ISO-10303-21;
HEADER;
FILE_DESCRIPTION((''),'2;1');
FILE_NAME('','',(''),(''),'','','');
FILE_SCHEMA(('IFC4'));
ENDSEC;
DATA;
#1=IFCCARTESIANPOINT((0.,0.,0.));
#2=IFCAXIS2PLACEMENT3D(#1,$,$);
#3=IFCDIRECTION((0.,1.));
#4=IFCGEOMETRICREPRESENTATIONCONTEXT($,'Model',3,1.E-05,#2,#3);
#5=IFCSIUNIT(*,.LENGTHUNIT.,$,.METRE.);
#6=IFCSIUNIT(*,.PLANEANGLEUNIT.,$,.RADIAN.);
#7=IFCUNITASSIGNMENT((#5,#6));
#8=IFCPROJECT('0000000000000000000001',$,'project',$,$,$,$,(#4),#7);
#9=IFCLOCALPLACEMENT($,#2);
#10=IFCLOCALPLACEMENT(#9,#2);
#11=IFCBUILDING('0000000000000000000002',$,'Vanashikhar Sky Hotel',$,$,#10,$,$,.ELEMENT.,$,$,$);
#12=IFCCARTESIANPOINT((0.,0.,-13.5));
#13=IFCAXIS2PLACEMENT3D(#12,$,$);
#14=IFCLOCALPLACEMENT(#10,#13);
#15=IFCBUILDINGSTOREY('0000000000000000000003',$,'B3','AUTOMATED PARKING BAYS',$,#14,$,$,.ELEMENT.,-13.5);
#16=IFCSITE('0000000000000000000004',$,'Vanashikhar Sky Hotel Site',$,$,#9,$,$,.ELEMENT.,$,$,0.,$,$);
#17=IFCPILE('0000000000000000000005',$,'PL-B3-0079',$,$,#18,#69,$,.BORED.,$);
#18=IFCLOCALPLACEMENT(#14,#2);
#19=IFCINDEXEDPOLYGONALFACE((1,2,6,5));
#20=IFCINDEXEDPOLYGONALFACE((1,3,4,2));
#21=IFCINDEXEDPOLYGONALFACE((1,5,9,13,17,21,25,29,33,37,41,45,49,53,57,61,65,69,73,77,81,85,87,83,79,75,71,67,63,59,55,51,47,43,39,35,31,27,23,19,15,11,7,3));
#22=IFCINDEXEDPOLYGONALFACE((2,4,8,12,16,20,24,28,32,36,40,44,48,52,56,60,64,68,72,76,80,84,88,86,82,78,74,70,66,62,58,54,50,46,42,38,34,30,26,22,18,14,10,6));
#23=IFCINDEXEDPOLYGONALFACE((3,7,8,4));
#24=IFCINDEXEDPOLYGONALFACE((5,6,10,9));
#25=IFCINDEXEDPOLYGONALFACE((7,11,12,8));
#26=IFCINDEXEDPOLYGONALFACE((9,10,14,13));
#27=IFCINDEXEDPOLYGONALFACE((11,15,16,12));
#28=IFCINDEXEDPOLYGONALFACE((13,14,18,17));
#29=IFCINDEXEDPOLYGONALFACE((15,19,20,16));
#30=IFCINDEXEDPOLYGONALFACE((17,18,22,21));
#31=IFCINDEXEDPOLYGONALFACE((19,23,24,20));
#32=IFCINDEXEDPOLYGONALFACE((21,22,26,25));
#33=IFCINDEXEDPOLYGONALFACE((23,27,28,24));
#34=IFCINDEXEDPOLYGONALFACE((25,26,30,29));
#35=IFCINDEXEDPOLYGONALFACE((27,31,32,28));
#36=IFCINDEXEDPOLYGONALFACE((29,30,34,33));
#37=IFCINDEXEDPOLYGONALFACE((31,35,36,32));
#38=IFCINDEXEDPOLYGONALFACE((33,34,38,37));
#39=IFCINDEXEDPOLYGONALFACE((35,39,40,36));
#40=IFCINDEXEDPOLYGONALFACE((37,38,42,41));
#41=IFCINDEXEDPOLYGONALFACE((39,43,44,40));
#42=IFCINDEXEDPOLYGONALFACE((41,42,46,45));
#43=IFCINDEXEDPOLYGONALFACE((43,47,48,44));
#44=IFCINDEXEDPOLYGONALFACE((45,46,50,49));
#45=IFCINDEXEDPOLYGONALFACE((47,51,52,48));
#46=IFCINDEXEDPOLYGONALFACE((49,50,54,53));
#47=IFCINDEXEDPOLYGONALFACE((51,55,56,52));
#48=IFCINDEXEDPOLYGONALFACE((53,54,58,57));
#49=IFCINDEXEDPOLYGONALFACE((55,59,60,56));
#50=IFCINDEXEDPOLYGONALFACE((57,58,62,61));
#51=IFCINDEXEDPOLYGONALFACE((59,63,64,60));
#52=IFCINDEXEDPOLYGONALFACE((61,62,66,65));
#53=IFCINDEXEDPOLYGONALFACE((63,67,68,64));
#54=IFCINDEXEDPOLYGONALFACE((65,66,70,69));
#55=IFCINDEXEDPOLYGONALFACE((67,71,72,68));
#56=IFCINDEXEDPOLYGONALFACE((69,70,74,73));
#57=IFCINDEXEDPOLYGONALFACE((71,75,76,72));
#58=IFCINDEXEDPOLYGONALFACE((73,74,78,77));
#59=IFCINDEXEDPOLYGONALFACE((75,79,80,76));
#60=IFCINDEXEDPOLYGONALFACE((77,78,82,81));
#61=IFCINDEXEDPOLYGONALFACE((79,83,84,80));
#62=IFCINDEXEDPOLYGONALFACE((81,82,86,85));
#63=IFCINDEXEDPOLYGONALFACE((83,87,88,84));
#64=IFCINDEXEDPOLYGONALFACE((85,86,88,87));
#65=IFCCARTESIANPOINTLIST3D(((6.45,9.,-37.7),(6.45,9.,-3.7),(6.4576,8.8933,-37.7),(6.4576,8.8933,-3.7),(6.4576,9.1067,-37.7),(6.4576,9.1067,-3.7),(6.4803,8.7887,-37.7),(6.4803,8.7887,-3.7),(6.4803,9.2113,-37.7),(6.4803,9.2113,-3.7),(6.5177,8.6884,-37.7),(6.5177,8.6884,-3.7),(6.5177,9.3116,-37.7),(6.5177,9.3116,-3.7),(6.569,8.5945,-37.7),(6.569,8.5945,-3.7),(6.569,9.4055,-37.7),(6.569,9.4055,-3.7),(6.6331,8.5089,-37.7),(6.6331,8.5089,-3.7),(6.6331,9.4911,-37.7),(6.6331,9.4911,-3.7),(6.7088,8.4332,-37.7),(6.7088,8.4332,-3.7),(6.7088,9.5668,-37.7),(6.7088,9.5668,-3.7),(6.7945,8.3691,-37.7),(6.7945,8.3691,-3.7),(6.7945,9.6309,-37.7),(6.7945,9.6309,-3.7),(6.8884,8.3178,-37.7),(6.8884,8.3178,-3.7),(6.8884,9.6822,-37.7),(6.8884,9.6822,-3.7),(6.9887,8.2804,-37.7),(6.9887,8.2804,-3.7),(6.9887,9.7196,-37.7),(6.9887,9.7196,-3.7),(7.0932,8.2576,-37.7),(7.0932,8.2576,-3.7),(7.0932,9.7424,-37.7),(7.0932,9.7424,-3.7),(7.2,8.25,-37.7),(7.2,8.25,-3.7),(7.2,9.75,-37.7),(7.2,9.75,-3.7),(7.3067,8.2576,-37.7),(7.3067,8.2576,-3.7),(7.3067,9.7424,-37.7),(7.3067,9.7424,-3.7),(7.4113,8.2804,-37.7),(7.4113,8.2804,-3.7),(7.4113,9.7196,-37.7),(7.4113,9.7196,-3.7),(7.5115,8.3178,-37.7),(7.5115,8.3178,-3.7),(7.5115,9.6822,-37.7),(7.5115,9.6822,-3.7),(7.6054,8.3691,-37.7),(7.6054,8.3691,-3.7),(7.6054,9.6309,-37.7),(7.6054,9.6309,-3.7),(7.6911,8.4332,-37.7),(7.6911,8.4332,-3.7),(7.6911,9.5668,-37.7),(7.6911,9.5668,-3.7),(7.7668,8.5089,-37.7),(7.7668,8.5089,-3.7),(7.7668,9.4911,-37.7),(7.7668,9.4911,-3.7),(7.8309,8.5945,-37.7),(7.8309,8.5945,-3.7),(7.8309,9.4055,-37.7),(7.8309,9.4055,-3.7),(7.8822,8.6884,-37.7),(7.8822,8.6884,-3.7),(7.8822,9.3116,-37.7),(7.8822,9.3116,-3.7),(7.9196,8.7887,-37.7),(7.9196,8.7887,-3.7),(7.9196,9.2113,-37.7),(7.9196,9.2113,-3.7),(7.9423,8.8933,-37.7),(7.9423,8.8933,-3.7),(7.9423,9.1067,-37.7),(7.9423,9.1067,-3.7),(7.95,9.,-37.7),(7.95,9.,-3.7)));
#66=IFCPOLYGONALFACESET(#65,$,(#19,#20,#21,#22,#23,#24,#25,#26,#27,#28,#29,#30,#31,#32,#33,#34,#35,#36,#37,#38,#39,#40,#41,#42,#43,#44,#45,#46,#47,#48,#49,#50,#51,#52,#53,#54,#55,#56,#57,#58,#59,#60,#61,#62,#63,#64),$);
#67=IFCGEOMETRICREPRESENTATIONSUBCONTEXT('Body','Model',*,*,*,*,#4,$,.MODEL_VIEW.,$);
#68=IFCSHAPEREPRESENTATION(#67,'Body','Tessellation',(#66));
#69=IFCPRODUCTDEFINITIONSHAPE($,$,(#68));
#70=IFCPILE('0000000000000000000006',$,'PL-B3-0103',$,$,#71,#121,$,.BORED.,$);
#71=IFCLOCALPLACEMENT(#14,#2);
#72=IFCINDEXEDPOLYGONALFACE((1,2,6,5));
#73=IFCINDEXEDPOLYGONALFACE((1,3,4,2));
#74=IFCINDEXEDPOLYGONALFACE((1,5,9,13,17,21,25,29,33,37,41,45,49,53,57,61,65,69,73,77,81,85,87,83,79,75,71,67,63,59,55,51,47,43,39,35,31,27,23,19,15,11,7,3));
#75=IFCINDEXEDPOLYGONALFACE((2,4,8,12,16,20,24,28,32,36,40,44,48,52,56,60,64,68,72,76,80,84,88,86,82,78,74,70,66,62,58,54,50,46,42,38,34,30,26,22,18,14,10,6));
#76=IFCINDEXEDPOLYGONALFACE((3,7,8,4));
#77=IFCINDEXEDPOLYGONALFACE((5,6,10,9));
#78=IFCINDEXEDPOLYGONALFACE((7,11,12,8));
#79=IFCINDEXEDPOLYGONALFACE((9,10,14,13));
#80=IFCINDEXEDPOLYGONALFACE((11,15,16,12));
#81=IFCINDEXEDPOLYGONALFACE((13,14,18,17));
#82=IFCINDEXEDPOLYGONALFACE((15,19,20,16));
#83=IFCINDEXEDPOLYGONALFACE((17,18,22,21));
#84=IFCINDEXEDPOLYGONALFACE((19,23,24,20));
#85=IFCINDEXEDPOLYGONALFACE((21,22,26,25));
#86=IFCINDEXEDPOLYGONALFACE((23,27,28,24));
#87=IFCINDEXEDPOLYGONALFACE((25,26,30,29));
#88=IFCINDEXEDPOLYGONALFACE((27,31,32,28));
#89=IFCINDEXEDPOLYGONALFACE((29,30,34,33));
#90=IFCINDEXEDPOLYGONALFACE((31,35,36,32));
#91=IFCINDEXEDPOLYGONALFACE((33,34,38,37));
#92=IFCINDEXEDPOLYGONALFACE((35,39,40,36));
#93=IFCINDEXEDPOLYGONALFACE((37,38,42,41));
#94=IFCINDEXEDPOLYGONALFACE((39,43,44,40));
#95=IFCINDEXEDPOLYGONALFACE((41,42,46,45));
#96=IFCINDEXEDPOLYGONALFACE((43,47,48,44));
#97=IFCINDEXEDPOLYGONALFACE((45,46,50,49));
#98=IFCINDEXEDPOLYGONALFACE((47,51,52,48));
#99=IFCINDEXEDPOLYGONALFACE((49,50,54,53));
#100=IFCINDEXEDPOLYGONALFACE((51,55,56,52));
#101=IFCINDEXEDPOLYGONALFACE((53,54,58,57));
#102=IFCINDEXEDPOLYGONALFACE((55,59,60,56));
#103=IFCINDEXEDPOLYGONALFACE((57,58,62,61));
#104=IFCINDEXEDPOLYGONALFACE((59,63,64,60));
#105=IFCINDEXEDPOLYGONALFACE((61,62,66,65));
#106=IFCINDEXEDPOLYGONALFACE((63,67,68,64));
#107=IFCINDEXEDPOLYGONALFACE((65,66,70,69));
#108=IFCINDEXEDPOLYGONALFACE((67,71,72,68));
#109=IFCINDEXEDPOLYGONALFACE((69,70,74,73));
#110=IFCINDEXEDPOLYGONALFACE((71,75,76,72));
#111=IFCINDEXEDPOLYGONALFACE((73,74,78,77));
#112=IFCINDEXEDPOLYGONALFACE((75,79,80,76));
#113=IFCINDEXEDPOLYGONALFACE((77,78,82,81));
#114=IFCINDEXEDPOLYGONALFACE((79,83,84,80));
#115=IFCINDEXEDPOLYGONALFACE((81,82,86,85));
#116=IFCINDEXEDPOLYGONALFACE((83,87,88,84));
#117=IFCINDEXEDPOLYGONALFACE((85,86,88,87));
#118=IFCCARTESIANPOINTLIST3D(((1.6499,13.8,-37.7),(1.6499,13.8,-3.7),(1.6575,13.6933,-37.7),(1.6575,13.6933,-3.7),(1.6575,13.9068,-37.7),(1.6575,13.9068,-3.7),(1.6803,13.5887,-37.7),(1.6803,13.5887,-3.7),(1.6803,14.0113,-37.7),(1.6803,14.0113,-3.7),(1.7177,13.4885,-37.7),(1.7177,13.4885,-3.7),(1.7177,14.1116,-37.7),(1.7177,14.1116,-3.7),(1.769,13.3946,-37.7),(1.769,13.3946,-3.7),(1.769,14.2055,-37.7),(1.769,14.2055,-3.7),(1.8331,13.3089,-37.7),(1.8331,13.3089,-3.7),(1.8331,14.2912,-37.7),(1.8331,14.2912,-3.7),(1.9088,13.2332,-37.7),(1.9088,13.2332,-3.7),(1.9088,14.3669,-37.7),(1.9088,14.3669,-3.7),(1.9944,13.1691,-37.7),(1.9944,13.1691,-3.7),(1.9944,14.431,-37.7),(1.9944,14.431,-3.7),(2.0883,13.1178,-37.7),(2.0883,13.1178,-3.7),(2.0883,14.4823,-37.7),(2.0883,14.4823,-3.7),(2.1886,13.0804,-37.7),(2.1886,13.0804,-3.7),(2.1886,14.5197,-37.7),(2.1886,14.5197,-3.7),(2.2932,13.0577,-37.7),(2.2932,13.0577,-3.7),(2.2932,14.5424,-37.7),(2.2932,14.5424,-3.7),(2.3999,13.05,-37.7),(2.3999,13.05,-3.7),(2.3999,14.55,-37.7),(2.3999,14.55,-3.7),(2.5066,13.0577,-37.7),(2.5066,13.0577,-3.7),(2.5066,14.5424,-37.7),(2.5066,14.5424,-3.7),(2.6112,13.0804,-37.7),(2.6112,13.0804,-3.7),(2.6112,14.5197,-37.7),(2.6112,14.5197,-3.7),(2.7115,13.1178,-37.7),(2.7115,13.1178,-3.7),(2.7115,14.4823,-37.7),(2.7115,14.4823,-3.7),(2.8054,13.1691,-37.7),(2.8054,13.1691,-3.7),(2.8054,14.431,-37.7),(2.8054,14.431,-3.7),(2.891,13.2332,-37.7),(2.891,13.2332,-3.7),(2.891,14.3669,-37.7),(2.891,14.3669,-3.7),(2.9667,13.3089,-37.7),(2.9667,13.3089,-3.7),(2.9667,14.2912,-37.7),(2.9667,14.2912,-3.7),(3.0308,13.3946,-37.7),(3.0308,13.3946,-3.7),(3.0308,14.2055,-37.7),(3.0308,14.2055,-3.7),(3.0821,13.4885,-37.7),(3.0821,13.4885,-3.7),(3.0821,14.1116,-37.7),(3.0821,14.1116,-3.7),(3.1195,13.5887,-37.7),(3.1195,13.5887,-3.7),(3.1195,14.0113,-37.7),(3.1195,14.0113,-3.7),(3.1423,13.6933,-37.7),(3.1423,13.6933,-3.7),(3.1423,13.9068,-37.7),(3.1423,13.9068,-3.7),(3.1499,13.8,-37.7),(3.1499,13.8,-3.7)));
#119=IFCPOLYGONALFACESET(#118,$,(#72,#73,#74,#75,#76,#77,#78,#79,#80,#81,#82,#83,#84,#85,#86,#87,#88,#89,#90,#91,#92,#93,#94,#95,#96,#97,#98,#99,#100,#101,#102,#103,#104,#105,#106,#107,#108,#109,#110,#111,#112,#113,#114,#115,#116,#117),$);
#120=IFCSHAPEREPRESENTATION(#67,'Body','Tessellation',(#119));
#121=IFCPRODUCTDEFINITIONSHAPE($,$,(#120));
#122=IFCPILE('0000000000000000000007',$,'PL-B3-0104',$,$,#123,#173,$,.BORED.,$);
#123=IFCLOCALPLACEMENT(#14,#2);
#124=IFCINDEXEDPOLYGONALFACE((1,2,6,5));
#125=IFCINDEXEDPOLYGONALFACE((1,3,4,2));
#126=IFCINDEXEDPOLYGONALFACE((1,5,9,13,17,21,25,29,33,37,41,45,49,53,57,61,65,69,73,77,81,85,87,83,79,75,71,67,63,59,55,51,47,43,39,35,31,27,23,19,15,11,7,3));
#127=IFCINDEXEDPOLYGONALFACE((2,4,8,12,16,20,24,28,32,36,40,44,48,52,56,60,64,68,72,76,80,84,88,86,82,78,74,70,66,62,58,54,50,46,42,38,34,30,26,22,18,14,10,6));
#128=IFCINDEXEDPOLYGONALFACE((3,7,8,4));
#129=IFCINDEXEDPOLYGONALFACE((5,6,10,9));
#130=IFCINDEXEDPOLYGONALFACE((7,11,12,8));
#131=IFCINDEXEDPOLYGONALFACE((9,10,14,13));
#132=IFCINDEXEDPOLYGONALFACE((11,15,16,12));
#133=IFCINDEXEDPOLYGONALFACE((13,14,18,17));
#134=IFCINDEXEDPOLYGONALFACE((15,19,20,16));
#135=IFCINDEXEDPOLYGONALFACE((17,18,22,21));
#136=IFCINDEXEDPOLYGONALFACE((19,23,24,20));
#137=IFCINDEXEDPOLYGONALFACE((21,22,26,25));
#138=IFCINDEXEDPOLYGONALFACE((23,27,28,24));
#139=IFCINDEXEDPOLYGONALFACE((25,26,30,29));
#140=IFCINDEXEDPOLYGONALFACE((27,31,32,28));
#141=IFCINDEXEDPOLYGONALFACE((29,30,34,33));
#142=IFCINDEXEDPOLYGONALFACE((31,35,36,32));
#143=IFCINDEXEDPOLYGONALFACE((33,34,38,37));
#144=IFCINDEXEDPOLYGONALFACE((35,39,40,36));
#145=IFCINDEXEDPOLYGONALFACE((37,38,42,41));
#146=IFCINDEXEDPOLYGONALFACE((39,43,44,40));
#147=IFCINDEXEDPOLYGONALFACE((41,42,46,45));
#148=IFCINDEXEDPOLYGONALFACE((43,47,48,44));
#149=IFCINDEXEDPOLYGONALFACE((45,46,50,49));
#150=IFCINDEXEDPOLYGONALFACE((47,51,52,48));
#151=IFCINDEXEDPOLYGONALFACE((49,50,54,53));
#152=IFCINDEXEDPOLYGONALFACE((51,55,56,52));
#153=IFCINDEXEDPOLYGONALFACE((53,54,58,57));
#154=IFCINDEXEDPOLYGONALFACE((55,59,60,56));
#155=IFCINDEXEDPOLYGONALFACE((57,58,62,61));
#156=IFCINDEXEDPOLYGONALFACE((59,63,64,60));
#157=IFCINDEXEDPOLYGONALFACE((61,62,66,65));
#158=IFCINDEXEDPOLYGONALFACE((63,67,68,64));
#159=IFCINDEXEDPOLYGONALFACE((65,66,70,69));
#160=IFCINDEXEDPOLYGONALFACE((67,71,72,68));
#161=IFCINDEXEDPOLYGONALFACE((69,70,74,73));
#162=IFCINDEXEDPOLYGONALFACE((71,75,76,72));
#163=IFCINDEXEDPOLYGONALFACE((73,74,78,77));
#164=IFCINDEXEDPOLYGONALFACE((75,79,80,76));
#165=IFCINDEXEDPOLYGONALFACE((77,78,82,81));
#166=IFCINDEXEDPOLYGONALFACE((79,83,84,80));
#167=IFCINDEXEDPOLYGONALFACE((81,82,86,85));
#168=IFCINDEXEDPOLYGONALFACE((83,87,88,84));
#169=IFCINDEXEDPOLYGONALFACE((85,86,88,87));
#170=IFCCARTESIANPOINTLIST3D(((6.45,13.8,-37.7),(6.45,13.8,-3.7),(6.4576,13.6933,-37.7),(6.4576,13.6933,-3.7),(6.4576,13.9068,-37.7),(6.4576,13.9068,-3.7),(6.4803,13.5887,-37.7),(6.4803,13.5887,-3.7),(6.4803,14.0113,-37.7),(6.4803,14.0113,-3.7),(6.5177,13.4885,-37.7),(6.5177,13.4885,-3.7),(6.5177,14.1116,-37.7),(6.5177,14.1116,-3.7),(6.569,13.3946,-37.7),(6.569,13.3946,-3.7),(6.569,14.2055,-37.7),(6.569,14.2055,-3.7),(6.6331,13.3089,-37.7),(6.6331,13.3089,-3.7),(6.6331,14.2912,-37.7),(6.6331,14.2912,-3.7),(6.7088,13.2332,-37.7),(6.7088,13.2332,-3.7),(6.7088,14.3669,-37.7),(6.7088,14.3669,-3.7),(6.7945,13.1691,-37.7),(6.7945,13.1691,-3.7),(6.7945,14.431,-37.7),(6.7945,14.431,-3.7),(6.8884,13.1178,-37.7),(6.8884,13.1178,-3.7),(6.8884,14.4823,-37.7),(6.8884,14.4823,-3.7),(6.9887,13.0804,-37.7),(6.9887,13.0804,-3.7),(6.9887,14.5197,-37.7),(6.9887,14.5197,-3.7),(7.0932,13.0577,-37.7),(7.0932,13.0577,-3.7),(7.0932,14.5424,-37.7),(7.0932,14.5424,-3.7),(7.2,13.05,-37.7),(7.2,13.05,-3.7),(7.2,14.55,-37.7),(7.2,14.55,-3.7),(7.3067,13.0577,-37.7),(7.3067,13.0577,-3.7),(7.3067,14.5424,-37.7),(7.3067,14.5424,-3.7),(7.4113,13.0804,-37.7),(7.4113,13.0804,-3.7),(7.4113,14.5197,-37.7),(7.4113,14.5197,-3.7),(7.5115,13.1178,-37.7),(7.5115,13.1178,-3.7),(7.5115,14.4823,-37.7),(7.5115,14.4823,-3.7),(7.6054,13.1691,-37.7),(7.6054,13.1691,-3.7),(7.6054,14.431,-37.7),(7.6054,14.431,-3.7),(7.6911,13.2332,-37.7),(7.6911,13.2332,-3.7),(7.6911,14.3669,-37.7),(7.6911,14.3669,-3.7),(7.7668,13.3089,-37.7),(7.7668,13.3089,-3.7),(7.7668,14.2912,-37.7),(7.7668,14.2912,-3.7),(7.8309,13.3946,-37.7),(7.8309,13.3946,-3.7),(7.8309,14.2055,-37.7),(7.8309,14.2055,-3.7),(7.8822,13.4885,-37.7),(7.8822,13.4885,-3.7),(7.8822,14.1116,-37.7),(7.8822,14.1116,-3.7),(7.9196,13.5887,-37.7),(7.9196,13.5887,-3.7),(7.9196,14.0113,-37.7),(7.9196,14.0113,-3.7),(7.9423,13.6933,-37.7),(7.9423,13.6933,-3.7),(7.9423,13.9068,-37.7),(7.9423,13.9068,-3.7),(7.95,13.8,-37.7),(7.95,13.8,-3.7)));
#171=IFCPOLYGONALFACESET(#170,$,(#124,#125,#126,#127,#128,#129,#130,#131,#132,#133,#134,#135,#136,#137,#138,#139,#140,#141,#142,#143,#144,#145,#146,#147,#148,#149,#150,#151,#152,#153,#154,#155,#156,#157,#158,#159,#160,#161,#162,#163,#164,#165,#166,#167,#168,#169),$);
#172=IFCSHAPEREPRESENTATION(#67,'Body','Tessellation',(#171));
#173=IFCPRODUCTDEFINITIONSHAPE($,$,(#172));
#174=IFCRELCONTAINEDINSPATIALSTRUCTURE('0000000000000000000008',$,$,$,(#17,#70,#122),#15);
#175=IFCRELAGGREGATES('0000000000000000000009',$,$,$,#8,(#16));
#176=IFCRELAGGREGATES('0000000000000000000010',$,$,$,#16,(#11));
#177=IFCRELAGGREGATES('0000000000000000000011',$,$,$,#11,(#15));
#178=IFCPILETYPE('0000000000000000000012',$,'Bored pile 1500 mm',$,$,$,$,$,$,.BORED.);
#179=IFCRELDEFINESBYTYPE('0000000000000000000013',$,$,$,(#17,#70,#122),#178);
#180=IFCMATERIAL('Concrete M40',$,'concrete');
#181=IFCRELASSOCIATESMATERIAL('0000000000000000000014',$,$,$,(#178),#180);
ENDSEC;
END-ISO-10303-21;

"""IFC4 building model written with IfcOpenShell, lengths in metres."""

from ifc_helpers import new_model, si_unit, direction, frame, origin, origin_2d, place, context, subcontext, project, spatial, circle, extrude, source, transform, mapped, material, type_object, element, save


model = new_model("IFC4")

# Units and contexts
model_context = context("Model", 3, precision=1e-05, world=origin(), true_north=direction((0.0, 1.0)))
body_context = subcontext(model_context, "Body", "Model", "MODEL_VIEW")
ifc_project = project(units=[si_unit("LENGTHUNIT", "METRE"), si_unit("PLANEANGLEUNIT", "RADIAN")], contexts=[model_context])

# Site, building, storey
site_placement = place(None, origin())
site = spatial("IfcSite", under=ifc_project, at=site_placement, Name="Vanashikhar Sky Hotel Site", CompositionType="ELEMENT", RefElevation=0.0)
building_placement = place(site_placement, origin())
building = spatial("IfcBuilding", under=site, at=building_placement, Name="Vanashikhar Sky Hotel", CompositionType="ELEMENT")
storey_placement = place(building_placement, frame((0.0, 0.0, -13.5)))
storey = spatial("IfcBuildingStorey", under=building, at=storey_placement, Name="B3", Description="AUTOMATED PARKING BAYS", CompositionType="ELEMENT", Elevation=-13.5)

# Piles
ifc_material_1 = material(Name="Concrete M40", Category="concrete")
pile_type = type_object("IfcPileType", Name="Bored pile 1500 mm", PredefinedType="BORED", material=ifc_material_1)
shared_shape_1 = source(origin(), body_context, "Body", "SweptSolid", [
    extrude(circle(Radius=0.75, at=origin_2d()), origin(), (0.0, 0.0, 1.0), 34.0),
])
for number, where, z_axis, x_axis, name in (
    (1, (7.2, 9.0, -3.7), (0.0, 0.0, -1.0), (1.0, 0.0, 0.0), "PL-B3-0079"),
    (2, (2.3999, 13.8, -3.7), (0.0, 0.0, -1.0), (1.0, 0.0, 0.0), "PL-B3-0103"),
    (3, (7.2, 13.8, -3.7), (0.0, 0.0, -1.0), (1.0, 0.0, 0.0), "PL-B3-0104"),
):
    element("IfcPile", number, at=place(storey_placement, frame(where, z_axis=z_axis, x_axis=x_axis)), inside=storey, type_object=pile_type, Name=name, PredefinedType="BORED", context=body_context, shape_type="MappedRepresentation", body=[
        mapped(shared_shape_1, transform((0.0, 0.0, 0.0), scale=1.0)),
    ])

save(model, "model.ifc")
